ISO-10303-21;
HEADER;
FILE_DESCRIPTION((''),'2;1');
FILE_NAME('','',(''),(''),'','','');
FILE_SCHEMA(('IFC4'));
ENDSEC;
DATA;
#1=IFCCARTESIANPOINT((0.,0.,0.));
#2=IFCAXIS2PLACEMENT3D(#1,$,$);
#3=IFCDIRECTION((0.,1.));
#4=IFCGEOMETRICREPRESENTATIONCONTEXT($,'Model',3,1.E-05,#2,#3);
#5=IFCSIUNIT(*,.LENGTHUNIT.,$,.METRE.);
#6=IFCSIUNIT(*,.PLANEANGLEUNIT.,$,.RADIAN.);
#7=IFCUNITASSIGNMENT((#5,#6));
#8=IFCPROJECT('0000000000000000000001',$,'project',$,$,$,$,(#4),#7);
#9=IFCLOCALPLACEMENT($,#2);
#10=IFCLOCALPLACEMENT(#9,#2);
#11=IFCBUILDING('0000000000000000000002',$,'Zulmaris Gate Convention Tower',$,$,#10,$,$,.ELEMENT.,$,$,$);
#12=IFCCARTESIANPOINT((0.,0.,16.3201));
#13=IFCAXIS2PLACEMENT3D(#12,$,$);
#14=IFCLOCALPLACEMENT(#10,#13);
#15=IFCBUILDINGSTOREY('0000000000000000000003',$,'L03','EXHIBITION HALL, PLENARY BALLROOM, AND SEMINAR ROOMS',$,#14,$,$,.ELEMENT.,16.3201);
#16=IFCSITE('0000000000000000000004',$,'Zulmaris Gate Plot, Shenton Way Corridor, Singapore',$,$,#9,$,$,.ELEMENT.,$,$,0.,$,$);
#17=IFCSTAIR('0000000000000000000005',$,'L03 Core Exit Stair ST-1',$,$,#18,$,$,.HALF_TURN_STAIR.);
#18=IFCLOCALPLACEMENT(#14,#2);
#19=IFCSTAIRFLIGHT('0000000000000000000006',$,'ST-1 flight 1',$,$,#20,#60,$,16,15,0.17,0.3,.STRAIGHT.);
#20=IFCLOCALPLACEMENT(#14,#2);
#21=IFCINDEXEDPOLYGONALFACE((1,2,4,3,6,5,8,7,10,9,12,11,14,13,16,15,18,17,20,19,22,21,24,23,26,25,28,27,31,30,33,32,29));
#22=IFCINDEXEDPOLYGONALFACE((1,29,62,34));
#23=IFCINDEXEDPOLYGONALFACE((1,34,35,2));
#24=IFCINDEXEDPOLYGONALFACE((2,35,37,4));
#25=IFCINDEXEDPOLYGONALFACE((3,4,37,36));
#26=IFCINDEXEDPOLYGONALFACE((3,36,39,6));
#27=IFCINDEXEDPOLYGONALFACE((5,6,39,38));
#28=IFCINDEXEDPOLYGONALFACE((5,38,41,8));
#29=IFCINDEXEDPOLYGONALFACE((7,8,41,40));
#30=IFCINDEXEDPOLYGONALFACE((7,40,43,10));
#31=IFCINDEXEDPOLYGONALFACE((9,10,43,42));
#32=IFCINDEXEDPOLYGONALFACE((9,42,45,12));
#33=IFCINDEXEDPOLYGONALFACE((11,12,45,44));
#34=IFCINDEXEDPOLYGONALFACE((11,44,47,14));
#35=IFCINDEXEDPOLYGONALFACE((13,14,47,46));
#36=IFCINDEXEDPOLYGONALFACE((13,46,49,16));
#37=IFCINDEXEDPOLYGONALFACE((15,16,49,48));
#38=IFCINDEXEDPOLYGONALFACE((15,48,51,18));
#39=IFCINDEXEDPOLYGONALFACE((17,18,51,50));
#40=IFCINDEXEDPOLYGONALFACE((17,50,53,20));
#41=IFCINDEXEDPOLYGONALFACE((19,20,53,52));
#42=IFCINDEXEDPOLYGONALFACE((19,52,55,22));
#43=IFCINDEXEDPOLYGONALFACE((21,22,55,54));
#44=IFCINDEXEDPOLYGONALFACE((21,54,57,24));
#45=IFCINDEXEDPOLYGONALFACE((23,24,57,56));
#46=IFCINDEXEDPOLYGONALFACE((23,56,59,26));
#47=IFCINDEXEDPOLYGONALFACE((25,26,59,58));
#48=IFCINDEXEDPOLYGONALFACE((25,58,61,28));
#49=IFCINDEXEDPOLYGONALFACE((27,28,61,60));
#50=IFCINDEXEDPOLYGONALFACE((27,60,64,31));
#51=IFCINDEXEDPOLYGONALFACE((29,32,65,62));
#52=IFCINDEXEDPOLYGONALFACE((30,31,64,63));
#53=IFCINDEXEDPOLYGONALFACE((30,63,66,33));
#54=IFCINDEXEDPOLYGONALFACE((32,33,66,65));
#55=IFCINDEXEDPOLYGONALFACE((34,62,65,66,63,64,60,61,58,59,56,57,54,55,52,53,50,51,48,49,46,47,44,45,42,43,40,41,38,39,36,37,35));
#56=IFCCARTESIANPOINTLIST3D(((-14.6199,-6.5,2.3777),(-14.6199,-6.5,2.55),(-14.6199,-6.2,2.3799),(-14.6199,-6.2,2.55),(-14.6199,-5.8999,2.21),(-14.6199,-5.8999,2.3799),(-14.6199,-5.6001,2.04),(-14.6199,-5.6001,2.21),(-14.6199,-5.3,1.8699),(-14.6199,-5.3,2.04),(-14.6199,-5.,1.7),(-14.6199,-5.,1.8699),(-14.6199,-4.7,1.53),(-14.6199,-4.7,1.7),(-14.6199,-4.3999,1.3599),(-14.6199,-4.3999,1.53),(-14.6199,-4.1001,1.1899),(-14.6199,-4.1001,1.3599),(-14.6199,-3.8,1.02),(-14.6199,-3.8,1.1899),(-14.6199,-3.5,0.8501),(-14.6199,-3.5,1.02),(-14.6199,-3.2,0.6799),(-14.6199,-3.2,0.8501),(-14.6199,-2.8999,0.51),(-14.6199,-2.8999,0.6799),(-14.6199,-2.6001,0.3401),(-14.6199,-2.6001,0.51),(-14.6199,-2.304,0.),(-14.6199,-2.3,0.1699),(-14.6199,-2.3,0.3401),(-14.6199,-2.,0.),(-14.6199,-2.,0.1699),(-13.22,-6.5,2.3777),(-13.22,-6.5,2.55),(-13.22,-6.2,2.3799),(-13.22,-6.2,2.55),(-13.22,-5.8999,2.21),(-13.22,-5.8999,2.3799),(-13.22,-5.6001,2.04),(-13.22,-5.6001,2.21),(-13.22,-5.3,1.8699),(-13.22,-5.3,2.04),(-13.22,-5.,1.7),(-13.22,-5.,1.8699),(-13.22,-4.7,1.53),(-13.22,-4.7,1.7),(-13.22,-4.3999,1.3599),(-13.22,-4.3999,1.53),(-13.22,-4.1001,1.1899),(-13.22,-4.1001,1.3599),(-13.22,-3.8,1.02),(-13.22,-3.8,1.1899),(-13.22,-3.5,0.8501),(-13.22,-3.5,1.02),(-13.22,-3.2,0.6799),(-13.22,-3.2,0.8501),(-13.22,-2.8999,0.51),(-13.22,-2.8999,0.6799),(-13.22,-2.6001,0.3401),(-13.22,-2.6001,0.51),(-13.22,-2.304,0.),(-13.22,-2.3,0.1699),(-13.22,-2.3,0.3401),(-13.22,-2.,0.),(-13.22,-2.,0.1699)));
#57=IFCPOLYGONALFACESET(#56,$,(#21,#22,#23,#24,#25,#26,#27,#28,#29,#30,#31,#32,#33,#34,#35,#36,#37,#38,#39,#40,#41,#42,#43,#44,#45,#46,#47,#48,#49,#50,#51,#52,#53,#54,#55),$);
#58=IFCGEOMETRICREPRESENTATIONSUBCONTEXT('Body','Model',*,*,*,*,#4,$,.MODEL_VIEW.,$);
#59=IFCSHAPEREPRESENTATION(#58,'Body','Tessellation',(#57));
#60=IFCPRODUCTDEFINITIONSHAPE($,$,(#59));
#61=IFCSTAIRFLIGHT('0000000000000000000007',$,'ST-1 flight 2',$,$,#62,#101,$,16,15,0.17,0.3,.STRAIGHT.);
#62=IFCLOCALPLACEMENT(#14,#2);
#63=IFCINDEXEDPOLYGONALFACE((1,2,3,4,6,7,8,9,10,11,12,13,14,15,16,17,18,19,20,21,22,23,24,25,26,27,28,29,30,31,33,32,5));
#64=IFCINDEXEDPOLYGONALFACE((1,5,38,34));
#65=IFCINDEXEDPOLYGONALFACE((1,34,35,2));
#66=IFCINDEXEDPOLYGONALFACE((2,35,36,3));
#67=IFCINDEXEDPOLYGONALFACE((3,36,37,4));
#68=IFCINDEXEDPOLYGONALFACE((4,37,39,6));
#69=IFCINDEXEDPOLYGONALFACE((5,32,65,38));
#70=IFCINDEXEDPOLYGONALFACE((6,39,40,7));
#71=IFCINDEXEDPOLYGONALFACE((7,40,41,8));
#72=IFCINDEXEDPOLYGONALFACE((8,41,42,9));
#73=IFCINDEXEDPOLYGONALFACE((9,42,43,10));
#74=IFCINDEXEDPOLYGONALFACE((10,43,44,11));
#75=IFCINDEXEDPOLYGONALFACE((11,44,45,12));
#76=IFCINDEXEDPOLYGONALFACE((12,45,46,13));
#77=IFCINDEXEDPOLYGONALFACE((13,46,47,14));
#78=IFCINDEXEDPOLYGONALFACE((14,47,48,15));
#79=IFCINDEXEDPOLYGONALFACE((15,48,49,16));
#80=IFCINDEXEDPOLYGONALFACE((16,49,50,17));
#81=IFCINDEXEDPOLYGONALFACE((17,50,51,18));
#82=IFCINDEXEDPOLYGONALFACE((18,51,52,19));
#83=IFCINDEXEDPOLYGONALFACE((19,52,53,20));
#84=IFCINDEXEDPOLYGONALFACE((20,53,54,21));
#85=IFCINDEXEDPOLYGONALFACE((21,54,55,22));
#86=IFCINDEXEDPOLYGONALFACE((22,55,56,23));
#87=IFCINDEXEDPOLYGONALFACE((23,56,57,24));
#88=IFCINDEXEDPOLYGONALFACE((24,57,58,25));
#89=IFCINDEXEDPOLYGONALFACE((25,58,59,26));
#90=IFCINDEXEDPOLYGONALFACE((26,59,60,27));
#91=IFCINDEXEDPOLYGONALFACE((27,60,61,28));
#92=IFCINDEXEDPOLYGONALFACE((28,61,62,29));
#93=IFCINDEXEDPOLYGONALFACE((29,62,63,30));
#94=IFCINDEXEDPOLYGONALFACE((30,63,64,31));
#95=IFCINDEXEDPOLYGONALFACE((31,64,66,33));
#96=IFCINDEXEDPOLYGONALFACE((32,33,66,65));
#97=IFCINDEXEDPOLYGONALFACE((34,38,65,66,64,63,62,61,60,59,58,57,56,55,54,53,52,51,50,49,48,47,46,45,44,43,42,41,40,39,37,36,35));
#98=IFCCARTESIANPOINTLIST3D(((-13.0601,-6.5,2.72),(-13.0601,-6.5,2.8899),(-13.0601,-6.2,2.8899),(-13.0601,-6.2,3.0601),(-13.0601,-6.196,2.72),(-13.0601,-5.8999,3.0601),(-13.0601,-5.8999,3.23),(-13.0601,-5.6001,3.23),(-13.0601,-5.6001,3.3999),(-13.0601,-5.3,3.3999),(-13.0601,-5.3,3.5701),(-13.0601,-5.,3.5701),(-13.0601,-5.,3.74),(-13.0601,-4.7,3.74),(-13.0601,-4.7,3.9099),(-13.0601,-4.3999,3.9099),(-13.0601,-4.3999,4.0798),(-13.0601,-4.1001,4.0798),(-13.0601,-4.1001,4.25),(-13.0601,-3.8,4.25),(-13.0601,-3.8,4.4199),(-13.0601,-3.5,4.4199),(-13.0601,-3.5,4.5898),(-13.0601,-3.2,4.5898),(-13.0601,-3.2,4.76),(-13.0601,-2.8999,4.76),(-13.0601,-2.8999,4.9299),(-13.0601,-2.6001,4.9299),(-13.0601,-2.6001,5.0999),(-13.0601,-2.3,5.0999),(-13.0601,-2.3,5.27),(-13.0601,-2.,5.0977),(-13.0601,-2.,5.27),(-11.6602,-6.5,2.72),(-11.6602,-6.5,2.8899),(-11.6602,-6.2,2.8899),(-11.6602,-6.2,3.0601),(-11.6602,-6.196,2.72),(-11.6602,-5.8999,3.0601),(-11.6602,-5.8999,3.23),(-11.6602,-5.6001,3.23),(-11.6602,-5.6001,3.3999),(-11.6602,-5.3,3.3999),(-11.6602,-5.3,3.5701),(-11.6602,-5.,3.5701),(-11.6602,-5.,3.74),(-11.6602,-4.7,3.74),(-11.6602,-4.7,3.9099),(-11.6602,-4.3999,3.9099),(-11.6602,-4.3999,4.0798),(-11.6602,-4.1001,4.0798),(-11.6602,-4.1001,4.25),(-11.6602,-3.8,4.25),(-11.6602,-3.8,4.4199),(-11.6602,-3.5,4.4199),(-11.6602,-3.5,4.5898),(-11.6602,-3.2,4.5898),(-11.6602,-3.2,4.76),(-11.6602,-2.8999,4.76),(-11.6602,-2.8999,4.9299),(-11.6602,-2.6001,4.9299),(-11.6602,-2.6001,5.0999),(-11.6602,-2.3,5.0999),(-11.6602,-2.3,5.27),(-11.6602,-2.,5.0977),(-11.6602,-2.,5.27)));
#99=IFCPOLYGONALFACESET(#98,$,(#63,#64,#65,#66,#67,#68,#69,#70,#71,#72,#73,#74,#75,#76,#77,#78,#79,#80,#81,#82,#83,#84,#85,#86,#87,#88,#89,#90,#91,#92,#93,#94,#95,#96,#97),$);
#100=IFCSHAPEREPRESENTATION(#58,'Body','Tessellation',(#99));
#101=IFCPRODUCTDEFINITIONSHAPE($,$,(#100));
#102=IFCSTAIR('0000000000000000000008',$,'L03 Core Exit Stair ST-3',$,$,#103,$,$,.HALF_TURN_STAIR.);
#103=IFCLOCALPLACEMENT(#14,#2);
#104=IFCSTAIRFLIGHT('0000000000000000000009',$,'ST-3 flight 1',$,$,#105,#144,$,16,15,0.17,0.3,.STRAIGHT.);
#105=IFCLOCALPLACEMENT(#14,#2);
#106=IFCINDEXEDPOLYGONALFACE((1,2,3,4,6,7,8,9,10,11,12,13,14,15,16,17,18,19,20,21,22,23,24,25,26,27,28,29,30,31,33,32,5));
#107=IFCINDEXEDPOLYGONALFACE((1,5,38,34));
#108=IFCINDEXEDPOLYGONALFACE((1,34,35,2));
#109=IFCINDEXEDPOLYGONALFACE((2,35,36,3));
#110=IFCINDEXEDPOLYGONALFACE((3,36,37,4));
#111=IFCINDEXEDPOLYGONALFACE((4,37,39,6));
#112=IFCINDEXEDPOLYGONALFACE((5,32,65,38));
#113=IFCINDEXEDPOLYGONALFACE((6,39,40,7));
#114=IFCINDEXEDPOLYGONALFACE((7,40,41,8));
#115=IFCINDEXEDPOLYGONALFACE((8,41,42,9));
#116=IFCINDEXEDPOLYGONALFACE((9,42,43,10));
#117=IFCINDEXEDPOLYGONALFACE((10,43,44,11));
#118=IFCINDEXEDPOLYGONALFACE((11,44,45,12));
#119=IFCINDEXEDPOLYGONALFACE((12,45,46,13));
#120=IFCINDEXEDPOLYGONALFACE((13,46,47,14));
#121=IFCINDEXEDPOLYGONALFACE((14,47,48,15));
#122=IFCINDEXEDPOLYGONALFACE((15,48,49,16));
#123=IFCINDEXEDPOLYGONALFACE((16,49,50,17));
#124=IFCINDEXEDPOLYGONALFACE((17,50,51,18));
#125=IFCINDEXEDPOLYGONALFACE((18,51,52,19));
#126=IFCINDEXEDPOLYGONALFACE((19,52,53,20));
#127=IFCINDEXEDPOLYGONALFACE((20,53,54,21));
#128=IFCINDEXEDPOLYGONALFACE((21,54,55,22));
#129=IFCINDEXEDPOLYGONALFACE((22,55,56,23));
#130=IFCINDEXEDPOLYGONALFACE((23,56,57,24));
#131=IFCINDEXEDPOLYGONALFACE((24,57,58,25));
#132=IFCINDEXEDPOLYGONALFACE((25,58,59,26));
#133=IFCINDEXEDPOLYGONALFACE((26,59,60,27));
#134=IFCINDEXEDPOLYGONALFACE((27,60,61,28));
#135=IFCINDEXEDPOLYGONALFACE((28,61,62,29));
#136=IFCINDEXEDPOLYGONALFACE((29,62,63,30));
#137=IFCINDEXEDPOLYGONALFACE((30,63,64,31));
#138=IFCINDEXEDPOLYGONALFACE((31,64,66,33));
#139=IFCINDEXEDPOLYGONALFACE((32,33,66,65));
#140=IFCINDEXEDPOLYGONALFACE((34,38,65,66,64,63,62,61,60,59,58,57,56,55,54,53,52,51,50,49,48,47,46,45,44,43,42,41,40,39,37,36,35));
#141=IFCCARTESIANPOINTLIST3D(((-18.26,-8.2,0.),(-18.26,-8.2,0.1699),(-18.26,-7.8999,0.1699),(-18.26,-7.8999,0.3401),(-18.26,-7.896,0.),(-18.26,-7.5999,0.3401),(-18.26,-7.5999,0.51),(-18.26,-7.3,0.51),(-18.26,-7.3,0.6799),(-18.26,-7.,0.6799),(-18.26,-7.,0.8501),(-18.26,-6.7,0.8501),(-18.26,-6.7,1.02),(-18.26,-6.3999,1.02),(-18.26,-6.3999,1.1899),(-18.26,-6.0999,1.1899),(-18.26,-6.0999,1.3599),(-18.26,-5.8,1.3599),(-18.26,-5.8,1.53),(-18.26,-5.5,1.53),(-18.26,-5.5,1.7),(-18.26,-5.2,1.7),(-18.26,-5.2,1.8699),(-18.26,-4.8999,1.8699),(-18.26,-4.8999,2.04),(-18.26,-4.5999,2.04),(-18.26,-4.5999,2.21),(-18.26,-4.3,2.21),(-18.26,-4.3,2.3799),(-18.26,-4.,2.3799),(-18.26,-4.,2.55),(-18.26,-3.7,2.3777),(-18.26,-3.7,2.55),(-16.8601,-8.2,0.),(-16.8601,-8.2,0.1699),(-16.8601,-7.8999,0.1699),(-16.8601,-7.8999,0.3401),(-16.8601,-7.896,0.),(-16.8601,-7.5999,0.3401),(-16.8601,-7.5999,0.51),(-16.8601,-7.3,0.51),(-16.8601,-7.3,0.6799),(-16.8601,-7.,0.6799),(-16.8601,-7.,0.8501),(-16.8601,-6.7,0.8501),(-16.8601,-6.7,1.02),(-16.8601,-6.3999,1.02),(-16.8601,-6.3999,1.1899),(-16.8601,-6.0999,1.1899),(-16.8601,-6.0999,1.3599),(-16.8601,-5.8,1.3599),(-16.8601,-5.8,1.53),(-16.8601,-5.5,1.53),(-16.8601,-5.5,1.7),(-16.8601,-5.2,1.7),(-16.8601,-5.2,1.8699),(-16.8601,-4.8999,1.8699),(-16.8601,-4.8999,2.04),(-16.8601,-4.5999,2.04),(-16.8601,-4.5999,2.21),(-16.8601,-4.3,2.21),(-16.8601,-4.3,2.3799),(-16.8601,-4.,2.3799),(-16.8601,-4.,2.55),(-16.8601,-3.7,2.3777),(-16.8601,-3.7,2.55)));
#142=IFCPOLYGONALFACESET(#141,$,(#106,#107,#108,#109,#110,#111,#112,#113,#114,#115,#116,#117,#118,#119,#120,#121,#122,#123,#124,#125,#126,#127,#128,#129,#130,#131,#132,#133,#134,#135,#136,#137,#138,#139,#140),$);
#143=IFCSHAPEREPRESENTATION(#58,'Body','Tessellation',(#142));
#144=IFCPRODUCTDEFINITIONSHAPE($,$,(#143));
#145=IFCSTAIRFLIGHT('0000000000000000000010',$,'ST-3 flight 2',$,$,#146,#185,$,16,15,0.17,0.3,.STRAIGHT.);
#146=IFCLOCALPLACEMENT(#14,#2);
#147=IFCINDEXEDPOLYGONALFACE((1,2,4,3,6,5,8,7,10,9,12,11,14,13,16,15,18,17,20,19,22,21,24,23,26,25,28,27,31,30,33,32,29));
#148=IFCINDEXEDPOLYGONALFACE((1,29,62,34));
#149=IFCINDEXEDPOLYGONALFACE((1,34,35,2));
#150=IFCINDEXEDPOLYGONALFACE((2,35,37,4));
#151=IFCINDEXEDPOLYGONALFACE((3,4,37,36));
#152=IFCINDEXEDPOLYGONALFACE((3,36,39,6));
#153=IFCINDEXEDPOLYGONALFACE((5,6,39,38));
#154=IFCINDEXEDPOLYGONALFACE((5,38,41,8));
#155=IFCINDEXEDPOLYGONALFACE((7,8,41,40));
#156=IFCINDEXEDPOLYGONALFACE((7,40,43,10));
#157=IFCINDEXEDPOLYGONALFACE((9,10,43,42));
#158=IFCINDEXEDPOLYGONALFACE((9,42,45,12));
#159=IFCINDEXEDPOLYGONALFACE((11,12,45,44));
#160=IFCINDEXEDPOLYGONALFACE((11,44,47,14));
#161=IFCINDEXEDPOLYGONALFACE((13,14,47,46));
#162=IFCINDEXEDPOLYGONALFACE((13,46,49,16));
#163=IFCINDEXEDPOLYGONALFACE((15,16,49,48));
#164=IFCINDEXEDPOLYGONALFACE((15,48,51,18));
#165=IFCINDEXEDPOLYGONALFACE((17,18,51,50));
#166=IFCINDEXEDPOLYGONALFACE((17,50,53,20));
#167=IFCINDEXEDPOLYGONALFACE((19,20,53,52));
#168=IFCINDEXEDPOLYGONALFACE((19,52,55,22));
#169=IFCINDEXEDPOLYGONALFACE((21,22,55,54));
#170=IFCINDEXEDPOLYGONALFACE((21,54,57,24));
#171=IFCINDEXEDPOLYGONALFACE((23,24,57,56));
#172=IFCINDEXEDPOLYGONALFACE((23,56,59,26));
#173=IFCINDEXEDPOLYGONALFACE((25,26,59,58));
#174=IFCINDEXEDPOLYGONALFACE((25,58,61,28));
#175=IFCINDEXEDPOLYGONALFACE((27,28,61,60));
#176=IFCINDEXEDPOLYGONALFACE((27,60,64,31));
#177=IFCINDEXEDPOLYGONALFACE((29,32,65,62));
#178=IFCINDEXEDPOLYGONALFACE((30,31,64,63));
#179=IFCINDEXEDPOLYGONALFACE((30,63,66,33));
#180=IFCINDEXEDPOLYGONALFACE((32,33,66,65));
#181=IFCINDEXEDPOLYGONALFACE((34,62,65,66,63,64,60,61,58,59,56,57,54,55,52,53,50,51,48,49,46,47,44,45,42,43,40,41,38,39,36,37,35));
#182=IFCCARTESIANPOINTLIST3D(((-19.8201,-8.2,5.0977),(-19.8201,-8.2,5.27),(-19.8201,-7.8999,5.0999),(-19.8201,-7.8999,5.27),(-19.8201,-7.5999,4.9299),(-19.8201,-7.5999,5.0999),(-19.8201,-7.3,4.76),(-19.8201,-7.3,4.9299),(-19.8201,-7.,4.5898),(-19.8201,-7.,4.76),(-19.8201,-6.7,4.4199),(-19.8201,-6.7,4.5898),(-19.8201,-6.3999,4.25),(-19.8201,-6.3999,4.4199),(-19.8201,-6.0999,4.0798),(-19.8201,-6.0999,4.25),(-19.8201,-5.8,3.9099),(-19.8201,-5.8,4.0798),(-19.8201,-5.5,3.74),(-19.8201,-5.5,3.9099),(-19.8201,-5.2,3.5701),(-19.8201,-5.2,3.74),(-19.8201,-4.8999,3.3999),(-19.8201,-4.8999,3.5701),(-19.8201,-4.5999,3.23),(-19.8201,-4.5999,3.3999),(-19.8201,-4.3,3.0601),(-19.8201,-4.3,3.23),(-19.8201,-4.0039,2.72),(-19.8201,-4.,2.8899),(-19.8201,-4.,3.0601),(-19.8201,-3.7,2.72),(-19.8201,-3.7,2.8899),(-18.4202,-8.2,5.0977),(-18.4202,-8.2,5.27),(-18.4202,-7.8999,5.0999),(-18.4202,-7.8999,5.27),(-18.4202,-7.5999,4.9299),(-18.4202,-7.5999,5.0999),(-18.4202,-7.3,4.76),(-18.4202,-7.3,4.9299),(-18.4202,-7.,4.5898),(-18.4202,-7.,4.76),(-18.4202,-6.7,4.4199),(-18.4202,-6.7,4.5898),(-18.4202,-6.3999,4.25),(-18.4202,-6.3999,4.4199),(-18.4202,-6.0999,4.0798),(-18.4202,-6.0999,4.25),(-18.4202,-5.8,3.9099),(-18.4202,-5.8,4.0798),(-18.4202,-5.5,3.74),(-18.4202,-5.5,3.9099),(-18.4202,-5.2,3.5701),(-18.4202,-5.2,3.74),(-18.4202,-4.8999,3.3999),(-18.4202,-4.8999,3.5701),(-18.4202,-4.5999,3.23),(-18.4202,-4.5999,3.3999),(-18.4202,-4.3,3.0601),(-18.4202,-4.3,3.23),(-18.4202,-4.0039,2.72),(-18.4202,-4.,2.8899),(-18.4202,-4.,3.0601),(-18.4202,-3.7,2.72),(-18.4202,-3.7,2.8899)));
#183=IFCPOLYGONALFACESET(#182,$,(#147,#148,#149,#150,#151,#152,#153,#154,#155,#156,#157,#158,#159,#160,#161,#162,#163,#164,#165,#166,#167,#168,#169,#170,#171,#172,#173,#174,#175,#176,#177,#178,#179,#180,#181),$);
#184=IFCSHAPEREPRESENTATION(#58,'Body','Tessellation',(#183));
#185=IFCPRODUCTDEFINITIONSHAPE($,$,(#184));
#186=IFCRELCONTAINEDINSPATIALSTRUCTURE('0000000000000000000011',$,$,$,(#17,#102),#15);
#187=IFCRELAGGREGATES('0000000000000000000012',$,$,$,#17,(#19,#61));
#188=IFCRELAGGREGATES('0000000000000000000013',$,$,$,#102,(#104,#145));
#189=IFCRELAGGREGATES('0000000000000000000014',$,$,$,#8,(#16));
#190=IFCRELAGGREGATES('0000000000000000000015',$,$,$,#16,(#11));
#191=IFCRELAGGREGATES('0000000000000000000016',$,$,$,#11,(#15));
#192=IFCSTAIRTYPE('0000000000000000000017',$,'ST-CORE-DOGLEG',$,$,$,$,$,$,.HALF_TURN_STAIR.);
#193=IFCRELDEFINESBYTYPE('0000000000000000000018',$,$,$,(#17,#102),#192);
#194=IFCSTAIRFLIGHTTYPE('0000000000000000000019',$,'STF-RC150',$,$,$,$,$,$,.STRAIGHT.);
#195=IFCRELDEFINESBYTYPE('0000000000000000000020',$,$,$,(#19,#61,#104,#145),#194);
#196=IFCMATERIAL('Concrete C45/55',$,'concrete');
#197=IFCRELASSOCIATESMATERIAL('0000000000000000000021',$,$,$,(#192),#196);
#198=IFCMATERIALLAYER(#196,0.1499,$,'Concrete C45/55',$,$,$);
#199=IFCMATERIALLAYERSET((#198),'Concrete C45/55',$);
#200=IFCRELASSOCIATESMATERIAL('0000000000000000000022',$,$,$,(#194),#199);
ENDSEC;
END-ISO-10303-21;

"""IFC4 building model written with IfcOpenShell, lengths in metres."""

from ifc_helpers import new_model, si_unit, direction, frame, origin, place, context, subcontext, project, spatial, polyline, outline, extrude, material, layer, layer_set, type_object, element, aggregate, save


model = new_model("IFC4")

# Units and contexts
model_context = context("Model", 3, precision=1e-05, world=origin(), true_north=direction((0.0, 1.0)))
body_context = subcontext(model_context, "Body", "Model", "MODEL_VIEW")
ifc_project = project(units=[si_unit("LENGTHUNIT", "METRE"), si_unit("PLANEANGLEUNIT", "RADIAN")], contexts=[model_context])

# Site, building, storey
site_placement = place(None, origin())
site = spatial("IfcSite", under=ifc_project, at=site_placement, Name="Zulmaris Gate Plot, Shenton Way Corridor, Singapore", CompositionType="ELEMENT", RefElevation=0.0)
building_placement = place(site_placement, origin())
building = spatial("IfcBuilding", under=site, at=building_placement, Name="Zulmaris Gate Convention Tower", CompositionType="ELEMENT")
storey_placement = place(building_placement, frame((0.0, 0.0, 16.3201)))
storey = spatial("IfcBuildingStorey", under=building, at=storey_placement, Name="L03", Description="EXHIBITION HALL, PLENARY BALLROOM, AND SEMINAR ROOMS", CompositionType="ELEMENT", Elevation=16.3201)

# Stairs, stair flights
ifc_material_1 = material(Name="Concrete C45/55", Category="concrete")
stair_type = type_object("IfcStairType", Name="ST-CORE-DOGLEG", PredefinedType="HALF_TURN_STAIR", material=ifc_material_1)
stair_1_placement = place(storey_placement, origin())
stair_1 = element("IfcStair", 1, at=stair_1_placement, inside=storey, type_object=stair_type, Name="L03 Core Exit Stair ST-1", PredefinedType="HALF_TURN_STAIR")
ifc_layer_1 = layer(ifc_material_1, 0.1499, Name="Concrete C45/55")
ifc_layer_set_1 = layer_set([ifc_layer_1], Name="Concrete C45/55")
stair_flight_type = type_object("IfcStairFlightType", Name="STF-RC150", PredefinedType="STRAIGHT", material=ifc_layer_set_1)
stair_flight_1_placement = place(storey_placement, frame((-13.9199, -2.0, 0.0), z_axis=(0.0, 0.0, 1.0), x_axis=(0.0, -1.0, 0.0)))
stair_flight_1 = element("IfcStairFlight", 2, at=stair_flight_1_placement, type_object=stair_flight_type, Name="ST-1 flight 1", NumberOfRisers=16, NumberOfTreads=15, PredefinedType="STRAIGHT", RiserHeight=0.17, TreadLength=0.3, context=body_context, shape_type="SweptSolid", body=[
    extrude(outline(polyline([(0.0, 0.0), (0.0, 0.1699), (0.3, 0.1699), (0.3, 0.3401), (0.6001, 0.3401), (0.6001, 0.51), (0.8999, 0.51), (0.8999, 0.6799), (1.2, 0.6799), (1.2, 0.8501), (1.5, 0.8501), (1.5, 1.02), (1.8, 1.02), (1.8, 1.1899), (2.1001, 1.1899), (2.1001, 1.3599), (2.3999, 1.3599), (2.3999, 1.53), (2.7, 1.53), (2.7, 1.7), (3.0, 1.7), (3.0, 1.8699), (3.3, 1.8699), (3.3, 2.04), (3.6001, 2.04), (3.6001, 2.21), (3.8999, 2.21), (3.8999, 2.3799), (4.2, 2.3799), (4.2, 2.55), (4.5, 2.55), (4.5, 2.72), (4.5, 2.3777), (0.304, 0.0), (0.0, 0.0)])), frame((0.0, 0.7, 0.0), z_axis=(0.0, -1.0, 0.0), x_axis=(1.0, 0.0, 0.0)), (0.0, 0.0, 1.0), 1.3999),
])
stair_flight_2_placement = place(storey_placement, frame((-12.3601, -6.5, 2.72), z_axis=(0.0, 0.0, 1.0), x_axis=(0.0, 1.0, 0.0)))
stair_flight_2 = element("IfcStairFlight", 3, at=stair_flight_2_placement, type_object=stair_flight_type, Name="ST-1 flight 2", NumberOfRisers=16, NumberOfTreads=15, PredefinedType="STRAIGHT", RiserHeight=0.17, TreadLength=0.3, context=body_context, shape_type="SweptSolid", body=[
    extrude(outline(polyline([(0.0, 0.0), (0.0, 0.1699), (0.3, 0.1699), (0.3, 0.3401), (0.6001, 0.3401), (0.6001, 0.51), (0.8999, 0.51), (0.8999, 0.6799), (1.2, 0.6799), (1.2, 0.8501), (1.5, 0.8501), (1.5, 1.02), (1.8, 1.02), (1.8, 1.1899), (2.1001, 1.1899), (2.1001, 1.3599), (2.3999, 1.3599), (2.3999, 1.53), (2.7, 1.53), (2.7, 1.7), (3.0, 1.7), (3.0, 1.8699), (3.3, 1.8699), (3.3, 2.04), (3.6001, 2.04), (3.6001, 2.21), (3.8999, 2.21), (3.8999, 2.3799), (4.2, 2.3799), (4.2, 2.55), (4.5, 2.55), (4.5, 2.72), (4.5, 2.3777), (0.304, 0.0), (0.0, 0.0)])), frame((0.0, 0.7, 0.0), z_axis=(0.0, -1.0, 0.0), x_axis=(1.0, 0.0, 0.0)), (0.0, 0.0, 1.0), 1.3999),
])
aggregate(stair_1, [stair_flight_1, stair_flight_2])
stair_2_placement = place(storey_placement, origin())
stair_2 = element("IfcStair", 4, at=stair_2_placement, inside=storey, type_object=stair_type, Name="L03 Core Exit Stair ST-3", PredefinedType="HALF_TURN_STAIR")
stair_flight_3_placement = place(storey_placement, frame((-17.5601, -8.2, 0.0), z_axis=(0.0, 0.0, 1.0), x_axis=(0.0, 1.0, 0.0)))
stair_flight_3 = element("IfcStairFlight", 5, at=stair_flight_3_placement, type_object=stair_flight_type, Name="ST-3 flight 1", NumberOfRisers=16, NumberOfTreads=15, PredefinedType="STRAIGHT", RiserHeight=0.17, TreadLength=0.3, context=body_context, shape_type="SweptSolid", body=[
    extrude(outline(polyline([(0.0, 0.0), (0.0, 0.1699), (0.3, 0.1699), (0.3, 0.3401), (0.6001, 0.3401), (0.6001, 0.51), (0.8999, 0.51), (0.8999, 0.6799), (1.2, 0.6799), (1.2, 0.8501), (1.5, 0.8501), (1.5, 1.02), (1.8, 1.02), (1.8, 1.1899), (2.1001, 1.1899), (2.1001, 1.3599), (2.3999, 1.3599), (2.3999, 1.53), (2.7, 1.53), (2.7, 1.7), (3.0, 1.7), (3.0, 1.8699), (3.3, 1.8699), (3.3, 2.04), (3.6001, 2.04), (3.6001, 2.21), (3.8999, 2.21), (3.8999, 2.3799), (4.2, 2.3799), (4.2, 2.55), (4.5, 2.55), (4.5, 2.72), (4.5, 2.3777), (0.304, 0.0), (0.0, 0.0)])), frame((0.0, 0.7, 0.0), z_axis=(0.0, -1.0, 0.0), x_axis=(1.0, 0.0, 0.0)), (0.0, 0.0, 1.0), 1.3999),
])
stair_flight_4_placement = place(storey_placement, frame((-19.1201, -3.7, 2.72), z_axis=(0.0, 0.0, 1.0), x_axis=(0.0, -1.0, 0.0)))
stair_flight_4 = element("IfcStairFlight", 6, at=stair_flight_4_placement, type_object=stair_flight_type, Name="ST-3 flight 2", NumberOfRisers=16, NumberOfTreads=15, PredefinedType="STRAIGHT", RiserHeight=0.17, TreadLength=0.3, context=body_context, shape_type="SweptSolid", body=[
    extrude(outline(polyline([(0.0, 0.0), (0.0, 0.1699), (0.3, 0.1699), (0.3, 0.3401), (0.6001, 0.3401), (0.6001, 0.51), (0.8999, 0.51), (0.8999, 0.6799), (1.2, 0.6799), (1.2, 0.8501), (1.5, 0.8501), (1.5, 1.02), (1.8, 1.02), (1.8, 1.1899), (2.1001, 1.1899), (2.1001, 1.3599), (2.3999, 1.3599), (2.3999, 1.53), (2.7, 1.53), (2.7, 1.7), (3.0, 1.7), (3.0, 1.8699), (3.3, 1.8699), (3.3, 2.04), (3.6001, 2.04), (3.6001, 2.21), (3.8999, 2.21), (3.8999, 2.3799), (4.2, 2.3799), (4.2, 2.55), (4.5, 2.55), (4.5, 2.72), (4.5, 2.3777), (0.304, 0.0), (0.0, 0.0)])), frame((0.0, 0.7, 0.0), z_axis=(0.0, -1.0, 0.0), x_axis=(1.0, 0.0, 0.0)), (0.0, 0.0, 1.0), 1.3999),
])
aggregate(stair_2, [stair_flight_3, stair_flight_4])

save(model, "model.ifc")
